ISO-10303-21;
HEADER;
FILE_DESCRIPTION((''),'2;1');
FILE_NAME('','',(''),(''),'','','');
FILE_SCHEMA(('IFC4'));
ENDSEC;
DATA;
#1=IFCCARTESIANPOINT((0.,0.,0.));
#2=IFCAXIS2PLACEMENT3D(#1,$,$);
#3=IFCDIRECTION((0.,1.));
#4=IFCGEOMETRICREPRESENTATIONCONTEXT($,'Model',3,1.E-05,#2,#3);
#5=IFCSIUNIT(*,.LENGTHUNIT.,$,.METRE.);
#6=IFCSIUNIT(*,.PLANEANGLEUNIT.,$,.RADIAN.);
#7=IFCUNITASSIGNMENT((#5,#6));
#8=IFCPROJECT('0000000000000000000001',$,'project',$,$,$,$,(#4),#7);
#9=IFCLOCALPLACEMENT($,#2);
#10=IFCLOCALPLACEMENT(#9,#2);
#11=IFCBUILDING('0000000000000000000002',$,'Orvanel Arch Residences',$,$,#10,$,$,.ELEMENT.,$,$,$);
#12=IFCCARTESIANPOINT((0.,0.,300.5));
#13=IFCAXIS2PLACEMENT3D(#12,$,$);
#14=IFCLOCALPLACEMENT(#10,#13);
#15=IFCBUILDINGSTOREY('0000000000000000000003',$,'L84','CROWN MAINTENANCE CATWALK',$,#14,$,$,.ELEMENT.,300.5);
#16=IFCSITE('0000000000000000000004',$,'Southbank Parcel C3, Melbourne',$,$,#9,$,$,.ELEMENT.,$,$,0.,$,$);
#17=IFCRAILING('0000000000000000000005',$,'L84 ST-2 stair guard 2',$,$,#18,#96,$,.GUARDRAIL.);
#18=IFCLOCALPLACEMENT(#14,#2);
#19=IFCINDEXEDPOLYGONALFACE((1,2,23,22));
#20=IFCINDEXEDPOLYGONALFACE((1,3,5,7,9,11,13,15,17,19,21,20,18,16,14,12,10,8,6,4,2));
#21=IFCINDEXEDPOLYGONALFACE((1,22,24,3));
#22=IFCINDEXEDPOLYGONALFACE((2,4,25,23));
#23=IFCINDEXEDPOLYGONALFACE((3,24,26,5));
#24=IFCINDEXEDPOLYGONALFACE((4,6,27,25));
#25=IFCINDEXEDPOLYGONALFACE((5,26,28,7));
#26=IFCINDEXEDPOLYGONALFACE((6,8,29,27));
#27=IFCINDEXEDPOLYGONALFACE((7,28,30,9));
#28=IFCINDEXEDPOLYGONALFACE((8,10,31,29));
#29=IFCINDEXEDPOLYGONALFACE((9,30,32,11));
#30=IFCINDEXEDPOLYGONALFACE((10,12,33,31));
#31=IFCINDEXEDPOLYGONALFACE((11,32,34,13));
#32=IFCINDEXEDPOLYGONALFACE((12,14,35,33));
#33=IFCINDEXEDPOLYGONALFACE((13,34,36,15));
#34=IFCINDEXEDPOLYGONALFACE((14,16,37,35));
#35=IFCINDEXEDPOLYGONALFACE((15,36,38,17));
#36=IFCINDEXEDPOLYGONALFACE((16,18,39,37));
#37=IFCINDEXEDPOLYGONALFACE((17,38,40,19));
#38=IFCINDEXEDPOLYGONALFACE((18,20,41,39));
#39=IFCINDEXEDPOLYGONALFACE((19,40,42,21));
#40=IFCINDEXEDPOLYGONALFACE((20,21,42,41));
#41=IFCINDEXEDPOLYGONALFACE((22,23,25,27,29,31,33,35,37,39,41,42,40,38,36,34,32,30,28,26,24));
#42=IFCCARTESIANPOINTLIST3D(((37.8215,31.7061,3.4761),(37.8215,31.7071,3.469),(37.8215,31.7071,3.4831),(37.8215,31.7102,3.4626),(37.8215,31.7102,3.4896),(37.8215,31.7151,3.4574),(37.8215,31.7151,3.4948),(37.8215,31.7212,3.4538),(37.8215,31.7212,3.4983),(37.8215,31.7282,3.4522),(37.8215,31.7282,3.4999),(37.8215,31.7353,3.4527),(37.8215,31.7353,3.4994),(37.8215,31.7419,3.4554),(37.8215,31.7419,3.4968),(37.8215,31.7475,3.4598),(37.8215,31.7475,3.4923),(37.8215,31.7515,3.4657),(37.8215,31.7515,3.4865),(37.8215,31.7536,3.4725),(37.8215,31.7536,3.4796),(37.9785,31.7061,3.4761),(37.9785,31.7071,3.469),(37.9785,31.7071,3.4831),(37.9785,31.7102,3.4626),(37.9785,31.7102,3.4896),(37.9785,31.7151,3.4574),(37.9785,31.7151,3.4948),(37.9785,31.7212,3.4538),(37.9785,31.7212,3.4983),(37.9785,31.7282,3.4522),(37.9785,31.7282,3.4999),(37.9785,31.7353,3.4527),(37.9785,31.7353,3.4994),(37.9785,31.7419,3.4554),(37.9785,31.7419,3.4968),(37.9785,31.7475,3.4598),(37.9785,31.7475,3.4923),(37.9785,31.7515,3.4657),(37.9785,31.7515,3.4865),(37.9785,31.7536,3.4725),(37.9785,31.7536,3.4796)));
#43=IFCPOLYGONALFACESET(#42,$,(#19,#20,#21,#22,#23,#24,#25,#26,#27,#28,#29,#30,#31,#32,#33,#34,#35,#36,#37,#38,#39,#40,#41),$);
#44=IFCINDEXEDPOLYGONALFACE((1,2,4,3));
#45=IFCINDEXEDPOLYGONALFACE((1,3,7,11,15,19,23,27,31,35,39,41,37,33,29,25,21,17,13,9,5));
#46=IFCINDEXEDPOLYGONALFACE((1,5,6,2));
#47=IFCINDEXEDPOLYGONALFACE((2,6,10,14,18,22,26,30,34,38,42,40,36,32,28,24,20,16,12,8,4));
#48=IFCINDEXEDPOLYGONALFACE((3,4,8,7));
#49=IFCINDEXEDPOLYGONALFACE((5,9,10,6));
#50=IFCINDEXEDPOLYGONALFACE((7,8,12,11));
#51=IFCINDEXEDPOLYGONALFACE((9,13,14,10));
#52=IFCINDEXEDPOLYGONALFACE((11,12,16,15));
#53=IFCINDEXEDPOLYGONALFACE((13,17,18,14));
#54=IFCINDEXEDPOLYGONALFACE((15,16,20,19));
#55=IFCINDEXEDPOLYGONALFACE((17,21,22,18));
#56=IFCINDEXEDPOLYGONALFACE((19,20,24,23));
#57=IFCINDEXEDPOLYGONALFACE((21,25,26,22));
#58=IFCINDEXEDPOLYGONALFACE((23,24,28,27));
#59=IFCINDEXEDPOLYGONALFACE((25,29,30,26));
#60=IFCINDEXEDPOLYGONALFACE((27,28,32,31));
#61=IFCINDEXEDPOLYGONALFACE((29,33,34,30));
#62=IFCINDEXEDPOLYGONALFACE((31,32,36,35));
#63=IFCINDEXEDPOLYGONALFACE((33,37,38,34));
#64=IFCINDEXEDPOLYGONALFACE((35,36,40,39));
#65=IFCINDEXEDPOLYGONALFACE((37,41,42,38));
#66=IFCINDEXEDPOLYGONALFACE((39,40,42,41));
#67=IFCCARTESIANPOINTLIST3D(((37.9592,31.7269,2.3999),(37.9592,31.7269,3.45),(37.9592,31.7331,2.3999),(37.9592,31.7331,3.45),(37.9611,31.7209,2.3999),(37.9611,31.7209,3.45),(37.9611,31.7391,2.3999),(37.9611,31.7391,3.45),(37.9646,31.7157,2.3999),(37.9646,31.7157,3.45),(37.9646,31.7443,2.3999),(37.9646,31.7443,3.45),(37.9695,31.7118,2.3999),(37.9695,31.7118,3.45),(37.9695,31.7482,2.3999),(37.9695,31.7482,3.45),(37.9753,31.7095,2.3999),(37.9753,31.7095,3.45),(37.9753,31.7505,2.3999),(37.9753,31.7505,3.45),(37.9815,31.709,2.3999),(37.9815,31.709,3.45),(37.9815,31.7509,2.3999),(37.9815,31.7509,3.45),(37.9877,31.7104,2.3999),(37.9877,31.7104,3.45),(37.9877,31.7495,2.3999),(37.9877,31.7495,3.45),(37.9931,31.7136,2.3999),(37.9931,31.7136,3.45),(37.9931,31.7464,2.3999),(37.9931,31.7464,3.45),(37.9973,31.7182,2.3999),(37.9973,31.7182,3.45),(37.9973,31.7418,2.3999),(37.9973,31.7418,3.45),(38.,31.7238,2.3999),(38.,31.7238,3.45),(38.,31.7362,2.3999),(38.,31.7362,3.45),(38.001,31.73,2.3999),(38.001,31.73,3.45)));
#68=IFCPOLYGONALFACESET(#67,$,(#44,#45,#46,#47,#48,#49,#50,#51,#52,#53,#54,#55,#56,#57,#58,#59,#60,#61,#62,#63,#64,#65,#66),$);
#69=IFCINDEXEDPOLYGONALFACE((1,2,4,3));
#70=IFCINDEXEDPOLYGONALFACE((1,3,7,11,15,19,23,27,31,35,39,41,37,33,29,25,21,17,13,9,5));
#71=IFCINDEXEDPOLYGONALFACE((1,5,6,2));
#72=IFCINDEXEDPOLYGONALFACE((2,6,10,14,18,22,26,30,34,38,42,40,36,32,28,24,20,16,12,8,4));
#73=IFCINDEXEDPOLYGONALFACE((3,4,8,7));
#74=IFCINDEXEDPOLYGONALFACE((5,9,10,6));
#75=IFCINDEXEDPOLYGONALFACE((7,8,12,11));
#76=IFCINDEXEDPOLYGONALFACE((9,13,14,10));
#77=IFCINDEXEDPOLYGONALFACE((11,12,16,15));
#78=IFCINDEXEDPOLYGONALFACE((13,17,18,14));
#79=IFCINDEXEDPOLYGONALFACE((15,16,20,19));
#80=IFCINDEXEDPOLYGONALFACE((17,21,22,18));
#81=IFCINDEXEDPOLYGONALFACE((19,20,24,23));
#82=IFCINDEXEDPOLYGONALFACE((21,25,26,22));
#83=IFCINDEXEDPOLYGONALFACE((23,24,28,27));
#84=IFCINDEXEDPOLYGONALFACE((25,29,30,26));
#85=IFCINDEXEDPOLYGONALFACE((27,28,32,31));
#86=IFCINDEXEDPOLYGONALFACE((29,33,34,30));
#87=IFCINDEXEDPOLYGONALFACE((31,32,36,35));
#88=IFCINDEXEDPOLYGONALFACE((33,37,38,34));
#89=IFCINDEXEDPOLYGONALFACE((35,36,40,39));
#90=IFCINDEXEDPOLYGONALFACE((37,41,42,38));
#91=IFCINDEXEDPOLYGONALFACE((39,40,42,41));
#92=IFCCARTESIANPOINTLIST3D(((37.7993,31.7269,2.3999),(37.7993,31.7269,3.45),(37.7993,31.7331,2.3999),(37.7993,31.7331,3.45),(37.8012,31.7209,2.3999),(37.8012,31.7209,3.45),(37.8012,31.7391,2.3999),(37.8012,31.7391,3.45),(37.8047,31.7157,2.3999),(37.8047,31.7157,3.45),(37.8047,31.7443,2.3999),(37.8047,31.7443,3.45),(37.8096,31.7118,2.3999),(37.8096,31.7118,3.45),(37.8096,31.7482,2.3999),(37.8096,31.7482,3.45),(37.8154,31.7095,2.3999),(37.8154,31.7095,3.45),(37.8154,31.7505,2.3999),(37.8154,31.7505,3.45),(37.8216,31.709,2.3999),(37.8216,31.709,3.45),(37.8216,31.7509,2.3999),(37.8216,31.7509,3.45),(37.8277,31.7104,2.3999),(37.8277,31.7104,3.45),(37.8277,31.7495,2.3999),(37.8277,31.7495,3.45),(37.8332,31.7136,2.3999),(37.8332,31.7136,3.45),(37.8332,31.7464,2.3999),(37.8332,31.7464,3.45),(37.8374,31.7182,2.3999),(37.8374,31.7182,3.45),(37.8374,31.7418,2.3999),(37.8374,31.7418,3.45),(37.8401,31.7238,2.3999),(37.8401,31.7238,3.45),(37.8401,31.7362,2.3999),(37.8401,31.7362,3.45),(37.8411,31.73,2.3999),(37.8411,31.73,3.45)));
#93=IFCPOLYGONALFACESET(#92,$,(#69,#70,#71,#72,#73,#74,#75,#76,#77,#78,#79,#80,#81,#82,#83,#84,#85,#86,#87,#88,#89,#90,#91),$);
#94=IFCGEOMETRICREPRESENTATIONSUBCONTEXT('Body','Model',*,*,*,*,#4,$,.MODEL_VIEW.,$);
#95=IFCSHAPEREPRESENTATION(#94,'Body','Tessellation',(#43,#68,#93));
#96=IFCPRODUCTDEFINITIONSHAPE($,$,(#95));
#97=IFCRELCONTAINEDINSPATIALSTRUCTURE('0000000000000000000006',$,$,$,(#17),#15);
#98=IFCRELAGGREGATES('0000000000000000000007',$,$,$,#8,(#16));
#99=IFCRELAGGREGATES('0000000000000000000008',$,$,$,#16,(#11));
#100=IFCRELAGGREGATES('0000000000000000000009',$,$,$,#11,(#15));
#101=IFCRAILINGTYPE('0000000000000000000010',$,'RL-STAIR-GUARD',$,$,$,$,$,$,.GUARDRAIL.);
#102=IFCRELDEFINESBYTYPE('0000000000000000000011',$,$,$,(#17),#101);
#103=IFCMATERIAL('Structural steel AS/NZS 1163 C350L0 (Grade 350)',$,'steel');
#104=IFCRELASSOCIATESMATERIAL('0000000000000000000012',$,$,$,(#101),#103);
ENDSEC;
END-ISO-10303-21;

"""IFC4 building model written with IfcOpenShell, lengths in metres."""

from ifc_helpers import new_model, si_unit, direction, frame, origin, origin_2d, place, context, subcontext, project, spatial, circle, extrude, material, type_object, element, save


model = new_model("IFC4")

# Units and contexts
model_context = context("Model", 3, precision=1e-05, world=origin(), true_north=direction((0.0, 1.0)))
body_context = subcontext(model_context, "Body", "Model", "MODEL_VIEW")
ifc_project = project(units=[si_unit("LENGTHUNIT", "METRE"), si_unit("PLANEANGLEUNIT", "RADIAN")], contexts=[model_context])

# Site, building, storey
site_placement = place(None, origin())
site = spatial("IfcSite", under=ifc_project, at=site_placement, Name="Southbank Parcel C3, Melbourne", CompositionType="ELEMENT", RefElevation=0.0)
building_placement = place(site_placement, origin())
building = spatial("IfcBuilding", under=site, at=building_placement, Name="Orvanel Arch Residences", CompositionType="ELEMENT")
storey_placement = place(building_placement, frame((0.0, 0.0, 300.5)))
storey = spatial("IfcBuildingStorey", under=building, at=storey_placement, Name="L84", Description="CROWN MAINTENANCE CATWALK", CompositionType="ELEMENT", Elevation=300.5)

# Shared definitions
ifc_material_1 = material(Name="Structural steel AS/NZS 1163 C350L0 (Grade 350)", Category="steel")

# Railing
railing_type_1 = type_object("IfcRailingType", Name="RL-STAIR-GUARD", PredefinedType="GUARDRAIL", material=ifc_material_1)
railing_1_placement = place(storey_placement, frame((37.98, 31.73, 2.3999)))
element("IfcRailing", 1, at=railing_1_placement, inside=storey, type_object=railing_type_1, Name="L84 ST-2 stair guard 2", PredefinedType="GUARDRAIL", context=body_context, shape_type="SweptSolid", body=[
    extrude(circle(Radius=0.0239, at=origin_2d()), frame((-0.0015, 0.0, 1.0762), z_axis=(-1.0, 0.0, 0.0), x_axis=(0.0, -1.0, 0.0)), (0.0, 0.0, 1.0), 0.157),
    extrude(circle(Radius=0.021, at=origin_2d()), origin(), (0.0, 0.0, 1.0), 1.05),
    extrude(circle(Radius=0.021, at=origin_2d()), frame((-0.1599, 0.0, 0.0)), (0.0, 0.0, 1.0), 1.05),
])

save(model, "model.ifc")
